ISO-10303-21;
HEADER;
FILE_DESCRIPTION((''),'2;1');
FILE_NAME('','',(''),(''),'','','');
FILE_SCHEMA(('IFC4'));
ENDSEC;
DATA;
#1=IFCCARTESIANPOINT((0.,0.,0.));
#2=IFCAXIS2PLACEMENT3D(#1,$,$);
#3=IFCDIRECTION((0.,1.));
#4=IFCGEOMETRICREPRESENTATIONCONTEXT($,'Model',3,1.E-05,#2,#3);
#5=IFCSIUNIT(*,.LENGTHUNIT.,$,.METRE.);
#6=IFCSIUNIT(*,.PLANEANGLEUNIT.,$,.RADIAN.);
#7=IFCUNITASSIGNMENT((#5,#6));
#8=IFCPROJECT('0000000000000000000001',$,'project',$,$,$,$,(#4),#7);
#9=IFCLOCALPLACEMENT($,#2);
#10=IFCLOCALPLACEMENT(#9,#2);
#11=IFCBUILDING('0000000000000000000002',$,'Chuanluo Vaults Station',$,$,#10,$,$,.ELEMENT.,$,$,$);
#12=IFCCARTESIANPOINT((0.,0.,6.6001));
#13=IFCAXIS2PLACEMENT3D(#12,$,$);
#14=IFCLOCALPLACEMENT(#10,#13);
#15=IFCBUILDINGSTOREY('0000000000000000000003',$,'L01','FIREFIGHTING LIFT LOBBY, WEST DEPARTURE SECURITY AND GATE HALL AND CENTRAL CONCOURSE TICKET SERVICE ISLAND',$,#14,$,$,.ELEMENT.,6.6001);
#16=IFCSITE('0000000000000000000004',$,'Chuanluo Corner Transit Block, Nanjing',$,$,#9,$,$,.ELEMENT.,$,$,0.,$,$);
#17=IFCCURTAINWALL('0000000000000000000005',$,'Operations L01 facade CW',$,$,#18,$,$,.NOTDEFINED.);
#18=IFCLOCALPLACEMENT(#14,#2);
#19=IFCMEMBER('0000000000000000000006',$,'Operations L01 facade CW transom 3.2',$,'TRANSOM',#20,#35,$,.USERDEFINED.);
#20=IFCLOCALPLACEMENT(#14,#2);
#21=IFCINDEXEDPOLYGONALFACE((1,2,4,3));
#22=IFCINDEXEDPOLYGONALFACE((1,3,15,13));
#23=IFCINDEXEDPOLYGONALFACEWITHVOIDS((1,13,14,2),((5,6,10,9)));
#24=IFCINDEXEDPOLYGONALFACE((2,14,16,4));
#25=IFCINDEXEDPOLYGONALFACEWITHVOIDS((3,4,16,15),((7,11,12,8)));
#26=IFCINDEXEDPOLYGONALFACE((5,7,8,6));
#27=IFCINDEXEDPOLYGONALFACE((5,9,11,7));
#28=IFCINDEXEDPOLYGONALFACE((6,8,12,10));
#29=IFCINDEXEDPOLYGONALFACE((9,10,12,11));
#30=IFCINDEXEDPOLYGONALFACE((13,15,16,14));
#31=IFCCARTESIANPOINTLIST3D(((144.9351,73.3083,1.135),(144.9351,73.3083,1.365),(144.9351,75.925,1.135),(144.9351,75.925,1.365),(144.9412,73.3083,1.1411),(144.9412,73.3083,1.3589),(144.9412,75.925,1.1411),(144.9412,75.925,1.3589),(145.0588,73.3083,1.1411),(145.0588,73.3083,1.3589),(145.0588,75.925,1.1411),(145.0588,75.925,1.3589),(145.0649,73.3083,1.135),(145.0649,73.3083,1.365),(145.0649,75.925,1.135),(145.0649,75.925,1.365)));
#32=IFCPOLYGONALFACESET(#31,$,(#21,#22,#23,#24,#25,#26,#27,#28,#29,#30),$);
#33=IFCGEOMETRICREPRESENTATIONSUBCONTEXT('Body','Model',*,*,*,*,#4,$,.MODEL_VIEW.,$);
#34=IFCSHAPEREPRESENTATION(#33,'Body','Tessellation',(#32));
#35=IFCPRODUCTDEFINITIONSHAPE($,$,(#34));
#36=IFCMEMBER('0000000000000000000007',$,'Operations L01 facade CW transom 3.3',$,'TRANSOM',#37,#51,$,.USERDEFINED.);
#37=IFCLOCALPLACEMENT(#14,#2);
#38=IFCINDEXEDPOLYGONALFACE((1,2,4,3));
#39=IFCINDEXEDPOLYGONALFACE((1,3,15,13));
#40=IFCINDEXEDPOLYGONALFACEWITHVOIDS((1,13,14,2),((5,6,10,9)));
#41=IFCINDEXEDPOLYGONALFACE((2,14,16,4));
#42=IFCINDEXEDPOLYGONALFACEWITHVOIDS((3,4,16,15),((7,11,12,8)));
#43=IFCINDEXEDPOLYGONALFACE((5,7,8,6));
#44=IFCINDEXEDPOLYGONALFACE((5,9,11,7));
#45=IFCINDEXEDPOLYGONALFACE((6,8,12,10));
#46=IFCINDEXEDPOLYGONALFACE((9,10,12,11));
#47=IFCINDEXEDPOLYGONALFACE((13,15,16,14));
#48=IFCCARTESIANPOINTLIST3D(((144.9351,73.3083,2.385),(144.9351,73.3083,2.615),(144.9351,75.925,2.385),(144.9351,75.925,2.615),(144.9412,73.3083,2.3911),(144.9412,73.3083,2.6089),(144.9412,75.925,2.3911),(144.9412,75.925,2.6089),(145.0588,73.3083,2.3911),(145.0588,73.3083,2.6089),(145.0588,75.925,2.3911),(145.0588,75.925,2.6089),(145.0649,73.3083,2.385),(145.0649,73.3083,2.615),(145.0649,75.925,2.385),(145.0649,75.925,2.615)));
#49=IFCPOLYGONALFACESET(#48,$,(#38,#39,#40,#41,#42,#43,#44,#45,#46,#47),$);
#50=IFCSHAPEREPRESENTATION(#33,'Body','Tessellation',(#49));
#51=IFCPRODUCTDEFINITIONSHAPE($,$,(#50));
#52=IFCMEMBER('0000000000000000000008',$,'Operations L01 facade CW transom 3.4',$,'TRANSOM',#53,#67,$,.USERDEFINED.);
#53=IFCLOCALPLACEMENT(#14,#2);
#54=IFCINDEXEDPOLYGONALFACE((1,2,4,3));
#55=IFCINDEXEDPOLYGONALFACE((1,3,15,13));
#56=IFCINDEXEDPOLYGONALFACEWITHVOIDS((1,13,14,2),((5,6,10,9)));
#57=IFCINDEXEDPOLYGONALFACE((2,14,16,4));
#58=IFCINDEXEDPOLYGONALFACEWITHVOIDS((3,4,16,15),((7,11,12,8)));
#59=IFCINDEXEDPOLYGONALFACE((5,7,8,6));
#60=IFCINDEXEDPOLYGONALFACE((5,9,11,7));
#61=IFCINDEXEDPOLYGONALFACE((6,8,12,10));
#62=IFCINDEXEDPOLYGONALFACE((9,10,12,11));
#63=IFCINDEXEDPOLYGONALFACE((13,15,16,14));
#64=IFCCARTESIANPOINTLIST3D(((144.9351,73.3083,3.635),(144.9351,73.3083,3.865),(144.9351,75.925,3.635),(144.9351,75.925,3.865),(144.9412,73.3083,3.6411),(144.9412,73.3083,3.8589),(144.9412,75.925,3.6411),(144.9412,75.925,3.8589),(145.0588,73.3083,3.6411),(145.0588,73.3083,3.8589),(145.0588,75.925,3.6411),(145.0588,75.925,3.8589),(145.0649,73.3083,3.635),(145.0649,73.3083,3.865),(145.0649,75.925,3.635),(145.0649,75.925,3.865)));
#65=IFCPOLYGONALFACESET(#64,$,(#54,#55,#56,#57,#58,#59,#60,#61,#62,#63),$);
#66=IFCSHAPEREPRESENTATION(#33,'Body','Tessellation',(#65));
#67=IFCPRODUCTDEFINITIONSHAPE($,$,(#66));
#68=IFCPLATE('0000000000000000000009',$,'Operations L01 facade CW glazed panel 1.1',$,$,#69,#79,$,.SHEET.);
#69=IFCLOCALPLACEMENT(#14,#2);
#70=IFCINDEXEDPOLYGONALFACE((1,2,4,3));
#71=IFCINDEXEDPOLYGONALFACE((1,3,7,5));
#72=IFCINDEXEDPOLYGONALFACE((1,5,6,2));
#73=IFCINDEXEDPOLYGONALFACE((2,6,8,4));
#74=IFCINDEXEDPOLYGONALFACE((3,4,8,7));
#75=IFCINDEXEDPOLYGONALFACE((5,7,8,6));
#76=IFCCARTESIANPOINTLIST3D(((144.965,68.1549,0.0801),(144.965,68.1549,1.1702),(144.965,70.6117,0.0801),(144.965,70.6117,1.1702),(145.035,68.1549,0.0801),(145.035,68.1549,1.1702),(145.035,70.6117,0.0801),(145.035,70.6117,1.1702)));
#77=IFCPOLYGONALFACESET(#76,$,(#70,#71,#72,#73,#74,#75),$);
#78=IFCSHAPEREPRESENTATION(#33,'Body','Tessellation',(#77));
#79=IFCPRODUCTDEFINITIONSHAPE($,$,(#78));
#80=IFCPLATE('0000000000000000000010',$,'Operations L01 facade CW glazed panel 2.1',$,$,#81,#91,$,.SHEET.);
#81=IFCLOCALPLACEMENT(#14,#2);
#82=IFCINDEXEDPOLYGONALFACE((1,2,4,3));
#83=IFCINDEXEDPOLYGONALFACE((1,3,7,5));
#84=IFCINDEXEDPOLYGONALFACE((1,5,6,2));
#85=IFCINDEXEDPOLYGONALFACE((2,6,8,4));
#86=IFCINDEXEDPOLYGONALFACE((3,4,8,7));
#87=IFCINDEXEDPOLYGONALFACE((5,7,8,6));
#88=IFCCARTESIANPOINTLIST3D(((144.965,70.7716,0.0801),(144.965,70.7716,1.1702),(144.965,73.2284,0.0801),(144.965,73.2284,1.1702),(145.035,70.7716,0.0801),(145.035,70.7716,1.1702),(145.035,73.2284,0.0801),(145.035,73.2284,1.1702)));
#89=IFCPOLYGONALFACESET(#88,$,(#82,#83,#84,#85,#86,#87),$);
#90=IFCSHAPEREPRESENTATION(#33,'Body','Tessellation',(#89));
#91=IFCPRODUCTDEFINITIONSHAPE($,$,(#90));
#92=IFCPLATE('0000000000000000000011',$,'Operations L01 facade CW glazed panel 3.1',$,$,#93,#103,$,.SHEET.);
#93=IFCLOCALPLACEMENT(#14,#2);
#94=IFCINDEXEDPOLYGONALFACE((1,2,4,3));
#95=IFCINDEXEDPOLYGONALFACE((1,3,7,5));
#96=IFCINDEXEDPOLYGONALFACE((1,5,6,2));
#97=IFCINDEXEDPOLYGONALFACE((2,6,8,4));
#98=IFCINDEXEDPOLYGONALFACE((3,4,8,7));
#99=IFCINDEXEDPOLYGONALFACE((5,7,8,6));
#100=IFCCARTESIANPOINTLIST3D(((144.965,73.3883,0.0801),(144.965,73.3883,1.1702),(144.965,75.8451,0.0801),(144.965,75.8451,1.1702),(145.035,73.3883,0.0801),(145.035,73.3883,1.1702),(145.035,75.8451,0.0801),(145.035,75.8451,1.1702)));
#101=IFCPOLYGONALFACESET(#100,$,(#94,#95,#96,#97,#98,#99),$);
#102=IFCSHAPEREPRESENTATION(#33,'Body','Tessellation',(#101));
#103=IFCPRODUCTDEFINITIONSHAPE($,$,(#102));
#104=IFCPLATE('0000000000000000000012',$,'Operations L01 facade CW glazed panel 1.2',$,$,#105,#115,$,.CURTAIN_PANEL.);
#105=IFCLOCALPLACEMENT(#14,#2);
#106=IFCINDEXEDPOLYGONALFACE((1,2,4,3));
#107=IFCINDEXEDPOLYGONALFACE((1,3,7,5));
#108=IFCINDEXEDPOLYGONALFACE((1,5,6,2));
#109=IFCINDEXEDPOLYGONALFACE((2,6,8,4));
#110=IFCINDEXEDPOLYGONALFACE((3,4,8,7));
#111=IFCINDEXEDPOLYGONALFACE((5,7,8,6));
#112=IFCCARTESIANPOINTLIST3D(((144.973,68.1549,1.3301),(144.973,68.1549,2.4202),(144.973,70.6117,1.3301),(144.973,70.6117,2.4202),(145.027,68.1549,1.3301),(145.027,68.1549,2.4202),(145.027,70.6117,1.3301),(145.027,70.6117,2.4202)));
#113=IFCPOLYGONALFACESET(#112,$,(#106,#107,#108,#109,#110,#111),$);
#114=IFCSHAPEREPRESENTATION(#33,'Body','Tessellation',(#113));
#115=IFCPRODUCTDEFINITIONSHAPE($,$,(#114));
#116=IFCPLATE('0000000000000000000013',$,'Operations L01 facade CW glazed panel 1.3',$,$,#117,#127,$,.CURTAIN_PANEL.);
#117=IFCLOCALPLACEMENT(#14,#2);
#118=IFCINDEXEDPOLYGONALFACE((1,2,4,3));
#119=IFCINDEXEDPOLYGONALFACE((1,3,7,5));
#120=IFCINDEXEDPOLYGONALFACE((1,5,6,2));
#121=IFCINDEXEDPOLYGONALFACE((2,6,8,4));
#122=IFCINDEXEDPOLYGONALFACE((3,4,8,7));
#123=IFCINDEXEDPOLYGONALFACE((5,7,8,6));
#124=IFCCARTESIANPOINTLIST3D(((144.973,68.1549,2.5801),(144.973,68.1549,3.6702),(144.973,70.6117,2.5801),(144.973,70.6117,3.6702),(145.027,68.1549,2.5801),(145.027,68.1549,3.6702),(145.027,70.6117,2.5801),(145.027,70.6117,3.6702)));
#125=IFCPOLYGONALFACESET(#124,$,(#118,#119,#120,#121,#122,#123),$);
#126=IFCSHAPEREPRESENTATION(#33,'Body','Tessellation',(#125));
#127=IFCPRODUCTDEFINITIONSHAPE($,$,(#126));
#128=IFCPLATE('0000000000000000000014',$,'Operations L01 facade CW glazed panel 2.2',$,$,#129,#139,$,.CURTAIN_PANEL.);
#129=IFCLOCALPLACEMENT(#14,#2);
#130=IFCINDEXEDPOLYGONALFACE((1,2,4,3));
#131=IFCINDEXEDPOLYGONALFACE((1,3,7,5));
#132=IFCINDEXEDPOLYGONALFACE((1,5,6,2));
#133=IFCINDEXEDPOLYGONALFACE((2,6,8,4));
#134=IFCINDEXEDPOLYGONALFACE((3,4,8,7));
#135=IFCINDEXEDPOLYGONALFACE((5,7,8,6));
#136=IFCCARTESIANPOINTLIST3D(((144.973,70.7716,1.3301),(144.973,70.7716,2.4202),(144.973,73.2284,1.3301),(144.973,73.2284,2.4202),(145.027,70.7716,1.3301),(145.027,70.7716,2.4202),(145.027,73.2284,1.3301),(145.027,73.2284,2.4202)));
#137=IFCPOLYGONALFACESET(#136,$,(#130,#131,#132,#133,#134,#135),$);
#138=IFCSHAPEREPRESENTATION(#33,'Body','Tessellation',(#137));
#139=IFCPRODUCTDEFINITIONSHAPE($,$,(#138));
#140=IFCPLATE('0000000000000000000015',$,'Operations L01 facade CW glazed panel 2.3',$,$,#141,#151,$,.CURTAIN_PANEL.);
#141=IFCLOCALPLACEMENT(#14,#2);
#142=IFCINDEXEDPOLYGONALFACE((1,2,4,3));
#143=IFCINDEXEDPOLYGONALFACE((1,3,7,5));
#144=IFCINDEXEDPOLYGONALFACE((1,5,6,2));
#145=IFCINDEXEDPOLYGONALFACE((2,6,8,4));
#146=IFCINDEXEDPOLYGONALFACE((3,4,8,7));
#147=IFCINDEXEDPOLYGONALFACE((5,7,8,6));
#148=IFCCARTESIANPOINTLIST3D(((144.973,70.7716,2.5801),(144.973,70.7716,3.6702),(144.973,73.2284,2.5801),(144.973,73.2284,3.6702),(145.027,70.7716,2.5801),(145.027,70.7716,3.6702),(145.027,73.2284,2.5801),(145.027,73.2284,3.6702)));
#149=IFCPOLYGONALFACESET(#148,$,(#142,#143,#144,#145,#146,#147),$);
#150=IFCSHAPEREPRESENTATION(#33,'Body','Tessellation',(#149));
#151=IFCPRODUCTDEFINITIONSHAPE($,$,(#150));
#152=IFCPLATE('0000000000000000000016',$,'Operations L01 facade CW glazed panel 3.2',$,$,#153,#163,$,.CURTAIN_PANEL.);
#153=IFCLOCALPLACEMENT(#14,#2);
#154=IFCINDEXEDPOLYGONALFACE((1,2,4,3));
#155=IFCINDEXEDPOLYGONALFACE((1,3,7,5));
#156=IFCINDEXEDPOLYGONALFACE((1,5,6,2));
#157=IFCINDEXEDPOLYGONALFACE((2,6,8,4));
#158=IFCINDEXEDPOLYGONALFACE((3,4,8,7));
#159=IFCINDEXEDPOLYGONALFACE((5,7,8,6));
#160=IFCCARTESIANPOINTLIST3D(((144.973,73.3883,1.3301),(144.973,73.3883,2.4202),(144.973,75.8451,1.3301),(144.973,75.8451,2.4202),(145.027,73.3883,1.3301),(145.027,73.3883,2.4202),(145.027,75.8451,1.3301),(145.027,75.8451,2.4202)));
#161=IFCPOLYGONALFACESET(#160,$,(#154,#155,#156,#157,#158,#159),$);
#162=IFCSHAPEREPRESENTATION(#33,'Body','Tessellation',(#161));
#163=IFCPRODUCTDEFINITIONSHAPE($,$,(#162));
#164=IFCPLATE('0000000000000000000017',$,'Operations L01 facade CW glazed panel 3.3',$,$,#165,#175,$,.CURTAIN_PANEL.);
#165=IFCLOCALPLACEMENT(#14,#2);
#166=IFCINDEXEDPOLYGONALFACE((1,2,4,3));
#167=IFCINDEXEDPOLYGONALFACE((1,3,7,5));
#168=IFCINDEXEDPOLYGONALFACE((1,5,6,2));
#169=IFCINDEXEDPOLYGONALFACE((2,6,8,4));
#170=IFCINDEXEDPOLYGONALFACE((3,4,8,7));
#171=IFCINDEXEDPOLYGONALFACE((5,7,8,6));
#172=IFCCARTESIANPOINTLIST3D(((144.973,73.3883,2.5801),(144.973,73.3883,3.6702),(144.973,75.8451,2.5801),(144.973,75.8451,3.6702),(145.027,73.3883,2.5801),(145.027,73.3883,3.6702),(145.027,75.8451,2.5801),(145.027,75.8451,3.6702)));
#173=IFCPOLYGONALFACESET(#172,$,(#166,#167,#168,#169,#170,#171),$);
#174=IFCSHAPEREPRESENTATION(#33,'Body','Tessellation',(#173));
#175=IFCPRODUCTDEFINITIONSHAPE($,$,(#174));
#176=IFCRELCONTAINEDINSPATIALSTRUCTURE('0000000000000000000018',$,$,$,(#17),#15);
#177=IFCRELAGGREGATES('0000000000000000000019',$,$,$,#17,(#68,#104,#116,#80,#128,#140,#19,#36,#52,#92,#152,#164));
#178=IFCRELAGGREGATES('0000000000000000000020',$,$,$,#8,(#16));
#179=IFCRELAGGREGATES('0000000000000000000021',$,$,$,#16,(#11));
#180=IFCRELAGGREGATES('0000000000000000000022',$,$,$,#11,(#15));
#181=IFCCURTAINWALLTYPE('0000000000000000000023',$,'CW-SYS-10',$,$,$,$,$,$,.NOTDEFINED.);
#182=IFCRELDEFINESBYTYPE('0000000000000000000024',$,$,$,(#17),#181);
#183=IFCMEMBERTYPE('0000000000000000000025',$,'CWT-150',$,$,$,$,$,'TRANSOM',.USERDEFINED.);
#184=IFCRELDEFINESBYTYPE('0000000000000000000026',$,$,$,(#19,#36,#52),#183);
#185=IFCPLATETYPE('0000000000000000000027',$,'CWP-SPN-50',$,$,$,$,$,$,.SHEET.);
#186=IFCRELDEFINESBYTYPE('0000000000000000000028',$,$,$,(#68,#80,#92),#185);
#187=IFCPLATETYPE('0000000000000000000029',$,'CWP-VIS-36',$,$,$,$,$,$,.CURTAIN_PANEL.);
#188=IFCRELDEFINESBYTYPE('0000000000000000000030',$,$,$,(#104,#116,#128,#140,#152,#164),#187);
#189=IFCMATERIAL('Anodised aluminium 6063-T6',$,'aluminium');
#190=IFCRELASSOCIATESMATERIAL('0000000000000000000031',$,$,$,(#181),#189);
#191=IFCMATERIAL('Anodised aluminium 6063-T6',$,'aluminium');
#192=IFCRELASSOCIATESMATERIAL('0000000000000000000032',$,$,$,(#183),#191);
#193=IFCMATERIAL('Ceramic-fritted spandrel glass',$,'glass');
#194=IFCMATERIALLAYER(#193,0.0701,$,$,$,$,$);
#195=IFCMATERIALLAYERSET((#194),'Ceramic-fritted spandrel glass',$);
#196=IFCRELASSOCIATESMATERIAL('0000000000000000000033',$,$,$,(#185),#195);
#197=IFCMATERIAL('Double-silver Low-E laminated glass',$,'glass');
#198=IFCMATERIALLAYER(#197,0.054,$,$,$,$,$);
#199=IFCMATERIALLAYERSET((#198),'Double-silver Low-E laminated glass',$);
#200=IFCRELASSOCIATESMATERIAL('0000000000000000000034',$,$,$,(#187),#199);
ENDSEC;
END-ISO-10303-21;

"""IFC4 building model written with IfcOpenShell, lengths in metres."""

from ifc_helpers import new_model, si_unit, direction, frame, origin, origin_2d, place, context, subcontext, project, spatial, rectangle, hollow_rectangle, extrude, material, layer, layer_set, material_profile, profile_set, type_object, element, aggregate, save


model = new_model("IFC4")

# Units and contexts
model_context = context("Model", 3, precision=1e-05, world=origin(), true_north=direction((0.0, 1.0)))
body_context = subcontext(model_context, "Body", "Model", "MODEL_VIEW")
ifc_project = project(units=[si_unit("LENGTHUNIT", "METRE"), si_unit("PLANEANGLEUNIT", "RADIAN")], contexts=[model_context])

# Site, building, storey
site_placement = place(None, origin())
site = spatial("IfcSite", under=ifc_project, at=site_placement, Name="Chuanluo Corner Transit Block, Nanjing", CompositionType="ELEMENT", RefElevation=0.0)
building_placement = place(site_placement, origin())
building = spatial("IfcBuilding", under=site, at=building_placement, Name="Chuanluo Vaults Station", CompositionType="ELEMENT")
storey_placement = place(building_placement, frame((0.0, 0.0, 6.6001)))
storey = spatial("IfcBuildingStorey", under=building, at=storey_placement, Name="L01", Description="FIREFIGHTING LIFT LOBBY, WEST DEPARTURE SECURITY AND GATE HALL AND CENTRAL CONCOURSE TICKET SERVICE ISLAND", CompositionType="ELEMENT", Elevation=6.6001)

# Curtain wall, members, plates
ifc_material_1 = material(Name="Anodised aluminium 6063-T6", Category="aluminium")
curtain_wall_type = type_object("IfcCurtainWallType", Name="CW-SYS-10", PredefinedType="NOTDEFINED", material=ifc_material_1)
curtain_wall_placement = place(storey_placement, origin())
curtain_wall = element("IfcCurtainWall", 1, at=curtain_wall_placement, inside=storey, type_object=curtain_wall_type, Name="Operations L01 facade CW", PredefinedType="NOTDEFINED")
ifc_material_2 = material(Name="Anodised aluminium 6063-T6", Category="aluminium")
ifc_material_profile_1 = material_profile(ifc_material_2, hollow_rectangle(XDim=0.1299, YDim=0.23, WallThickness=0.0061, at=origin_2d()))
ifc_profile_set_1 = profile_set([ifc_material_profile_1], Name="Anodised aluminium 6063-T6")
member_type_1 = type_object("IfcMemberType", Name="CWT-150", ElementType="TRANSOM", PredefinedType="USERDEFINED", material=ifc_profile_set_1)
member_1_placement = place(storey_placement, frame((145.0, 73.3083, 1.25), z_axis=(0.0, 1.0, 0.0), x_axis=(-1.0, 0.0, 0.0)))
member_1 = element("IfcMember", 2, at=member_1_placement, type_object=member_type_1, Name="Operations L01 facade CW transom 3.2", ObjectType="TRANSOM", PredefinedType="USERDEFINED", context=body_context, shape_type="SweptSolid", body=[
    extrude(hollow_rectangle(XDim=0.1299, YDim=0.23, WallThickness=0.0061, at=origin_2d()), origin(), (0.0, 0.0, 1.0), 2.6167),
])
member_2_placement = place(storey_placement, frame((145.0, 73.3083, 2.5), z_axis=(0.0, 1.0, 0.0), x_axis=(-1.0, 0.0, 0.0)))
member_2 = element("IfcMember", 3, at=member_2_placement, type_object=member_type_1, Name="Operations L01 facade CW transom 3.3", ObjectType="TRANSOM", PredefinedType="USERDEFINED", context=body_context, shape_type="SweptSolid", body=[
    extrude(hollow_rectangle(XDim=0.1299, YDim=0.23, WallThickness=0.0061, at=origin_2d()), origin(), (0.0, 0.0, 1.0), 2.6167),
])
member_3_placement = place(storey_placement, frame((145.0, 73.3083, 3.75), z_axis=(0.0, 1.0, 0.0), x_axis=(-1.0, 0.0, 0.0)))
member_3 = element("IfcMember", 4, at=member_3_placement, type_object=member_type_1, Name="Operations L01 facade CW transom 3.4", ObjectType="TRANSOM", PredefinedType="USERDEFINED", context=body_context, shape_type="SweptSolid", body=[
    extrude(hollow_rectangle(XDim=0.1299, YDim=0.23, WallThickness=0.0061, at=origin_2d()), origin(), (0.0, 0.0, 1.0), 2.6167),
])
ifc_material_3 = material(Name="Ceramic-fritted spandrel glass", Category="glass")
ifc_layer_1 = layer(ifc_material_3, 0.0701)
ifc_layer_set_1 = layer_set([ifc_layer_1], Name="Ceramic-fritted spandrel glass")
plate_type_1 = type_object("IfcPlateType", Name="CWP-SPN-50", PredefinedType="SHEET", material=ifc_layer_set_1)
plate_1_placement = place(storey_placement, frame((145.0, 69.3833, 0.0801), z_axis=(0.0, 0.0, 1.0), x_axis=(0.0, 1.0, 0.0)))
plate_1 = element("IfcPlate", 5, at=plate_1_placement, type_object=plate_type_1, Name="Operations L01 facade CW glazed panel 1.1", PredefinedType="SHEET", context=body_context, shape_type="SweptSolid", body=[
    extrude(rectangle(XDim=2.4568, YDim=0.0701, at=origin_2d()), origin(), (0.0, 0.0, 1.0), 1.0901),
])
plate_2_placement = place(storey_placement, frame((145.0, 72.0, 0.0801), z_axis=(0.0, 0.0, 1.0), x_axis=(0.0, 1.0, 0.0)))
plate_2 = element("IfcPlate", 6, at=plate_2_placement, type_object=plate_type_1, Name="Operations L01 facade CW glazed panel 2.1", PredefinedType="SHEET", context=body_context, shape_type="SweptSolid", body=[
    extrude(rectangle(XDim=2.4568, YDim=0.0701, at=origin_2d()), origin(), (0.0, 0.0, 1.0), 1.0901),
])
plate_3_placement = place(storey_placement, frame((145.0, 74.6167, 0.0801), z_axis=(0.0, 0.0, 1.0), x_axis=(0.0, 1.0, 0.0)))
plate_3 = element("IfcPlate", 7, at=plate_3_placement, type_object=plate_type_1, Name="Operations L01 facade CW glazed panel 3.1", PredefinedType="SHEET", context=body_context, shape_type="SweptSolid", body=[
    extrude(rectangle(XDim=2.4568, YDim=0.0701, at=origin_2d()), origin(), (0.0, 0.0, 1.0), 1.0901),
])
ifc_material_4 = material(Name="Double-silver Low-E laminated glass", Category="glass")
ifc_layer_2 = layer(ifc_material_4, 0.054)
ifc_layer_set_2 = layer_set([ifc_layer_2], Name="Double-silver Low-E laminated glass")
plate_type_2 = type_object("IfcPlateType", Name="CWP-VIS-36", PredefinedType="CURTAIN_PANEL", material=ifc_layer_set_2)
plate_4_placement = place(storey_placement, frame((145.0, 69.3833, 1.3301), z_axis=(0.0, 0.0, 1.0), x_axis=(0.0, 1.0, 0.0)))
plate_4 = element("IfcPlate", 8, at=plate_4_placement, type_object=plate_type_2, Name="Operations L01 facade CW glazed panel 1.2", PredefinedType="CURTAIN_PANEL", context=body_context, shape_type="SweptSolid", body=[
    extrude(rectangle(XDim=2.4568, YDim=0.054, at=origin_2d()), origin(), (0.0, 0.0, 1.0), 1.0901),
])
plate_5_placement = place(storey_placement, frame((145.0, 69.3833, 2.5801), z_axis=(0.0, 0.0, 1.0), x_axis=(0.0, 1.0, 0.0)))
plate_5 = element("IfcPlate", 9, at=plate_5_placement, type_object=plate_type_2, Name="Operations L01 facade CW glazed panel 1.3", PredefinedType="CURTAIN_PANEL", context=body_context, shape_type="SweptSolid", body=[
    extrude(rectangle(XDim=2.4568, YDim=0.054, at=origin_2d()), origin(), (0.0, 0.0, 1.0), 1.0901),
])
plate_6_placement = place(storey_placement, frame((145.0, 72.0, 1.3301), z_axis=(0.0, 0.0, 1.0), x_axis=(0.0, 1.0, 0.0)))
plate_6 = element("IfcPlate", 10, at=plate_6_placement, type_object=plate_type_2, Name="Operations L01 facade CW glazed panel 2.2", PredefinedType="CURTAIN_PANEL", context=body_context, shape_type="SweptSolid", body=[
    extrude(rectangle(XDim=2.4568, YDim=0.054, at=origin_2d()), origin(), (0.0, 0.0, 1.0), 1.0901),
])
plate_7_placement = place(storey_placement, frame((145.0, 72.0, 2.5801), z_axis=(0.0, 0.0, 1.0), x_axis=(0.0, 1.0, 0.0)))
plate_7 = element("IfcPlate", 11, at=plate_7_placement, type_object=plate_type_2, Name="Operations L01 facade CW glazed panel 2.3", PredefinedType="CURTAIN_PANEL", context=body_context, shape_type="SweptSolid", body=[
    extrude(rectangle(XDim=2.4568, YDim=0.054, at=origin_2d()), origin(), (0.0, 0.0, 1.0), 1.0901),
])
plate_8_placement = place(storey_placement, frame((145.0, 74.6167, 1.3301), z_axis=(0.0, 0.0, 1.0), x_axis=(0.0, 1.0, 0.0)))
plate_8 = element("IfcPlate", 12, at=plate_8_placement, type_object=plate_type_2, Name="Operations L01 facade CW glazed panel 3.2", PredefinedType="CURTAIN_PANEL", context=body_context, shape_type="SweptSolid", body=[
    extrude(rectangle(XDim=2.4568, YDim=0.054, at=origin_2d()), origin(), (0.0, 0.0, 1.0), 1.0901),
])
plate_9_placement = place(storey_placement, frame((145.0, 74.6167, 2.5801), z_axis=(0.0, 0.0, 1.0), x_axis=(0.0, 1.0, 0.0)))
plate_9 = element("IfcPlate", 13, at=plate_9_placement, type_object=plate_type_2, Name="Operations L01 facade CW glazed panel 3.3", PredefinedType="CURTAIN_PANEL", context=body_context, shape_type="SweptSolid", body=[
    extrude(rectangle(XDim=2.4568, YDim=0.054, at=origin_2d()), origin(), (0.0, 0.0, 1.0), 1.0901),
])
aggregate(curtain_wall, [plate_1, plate_4, plate_5, plate_2, plate_6, plate_7, member_1, member_2, member_3, plate_3, plate_8, plate_9])

save(model, "model.ifc")
